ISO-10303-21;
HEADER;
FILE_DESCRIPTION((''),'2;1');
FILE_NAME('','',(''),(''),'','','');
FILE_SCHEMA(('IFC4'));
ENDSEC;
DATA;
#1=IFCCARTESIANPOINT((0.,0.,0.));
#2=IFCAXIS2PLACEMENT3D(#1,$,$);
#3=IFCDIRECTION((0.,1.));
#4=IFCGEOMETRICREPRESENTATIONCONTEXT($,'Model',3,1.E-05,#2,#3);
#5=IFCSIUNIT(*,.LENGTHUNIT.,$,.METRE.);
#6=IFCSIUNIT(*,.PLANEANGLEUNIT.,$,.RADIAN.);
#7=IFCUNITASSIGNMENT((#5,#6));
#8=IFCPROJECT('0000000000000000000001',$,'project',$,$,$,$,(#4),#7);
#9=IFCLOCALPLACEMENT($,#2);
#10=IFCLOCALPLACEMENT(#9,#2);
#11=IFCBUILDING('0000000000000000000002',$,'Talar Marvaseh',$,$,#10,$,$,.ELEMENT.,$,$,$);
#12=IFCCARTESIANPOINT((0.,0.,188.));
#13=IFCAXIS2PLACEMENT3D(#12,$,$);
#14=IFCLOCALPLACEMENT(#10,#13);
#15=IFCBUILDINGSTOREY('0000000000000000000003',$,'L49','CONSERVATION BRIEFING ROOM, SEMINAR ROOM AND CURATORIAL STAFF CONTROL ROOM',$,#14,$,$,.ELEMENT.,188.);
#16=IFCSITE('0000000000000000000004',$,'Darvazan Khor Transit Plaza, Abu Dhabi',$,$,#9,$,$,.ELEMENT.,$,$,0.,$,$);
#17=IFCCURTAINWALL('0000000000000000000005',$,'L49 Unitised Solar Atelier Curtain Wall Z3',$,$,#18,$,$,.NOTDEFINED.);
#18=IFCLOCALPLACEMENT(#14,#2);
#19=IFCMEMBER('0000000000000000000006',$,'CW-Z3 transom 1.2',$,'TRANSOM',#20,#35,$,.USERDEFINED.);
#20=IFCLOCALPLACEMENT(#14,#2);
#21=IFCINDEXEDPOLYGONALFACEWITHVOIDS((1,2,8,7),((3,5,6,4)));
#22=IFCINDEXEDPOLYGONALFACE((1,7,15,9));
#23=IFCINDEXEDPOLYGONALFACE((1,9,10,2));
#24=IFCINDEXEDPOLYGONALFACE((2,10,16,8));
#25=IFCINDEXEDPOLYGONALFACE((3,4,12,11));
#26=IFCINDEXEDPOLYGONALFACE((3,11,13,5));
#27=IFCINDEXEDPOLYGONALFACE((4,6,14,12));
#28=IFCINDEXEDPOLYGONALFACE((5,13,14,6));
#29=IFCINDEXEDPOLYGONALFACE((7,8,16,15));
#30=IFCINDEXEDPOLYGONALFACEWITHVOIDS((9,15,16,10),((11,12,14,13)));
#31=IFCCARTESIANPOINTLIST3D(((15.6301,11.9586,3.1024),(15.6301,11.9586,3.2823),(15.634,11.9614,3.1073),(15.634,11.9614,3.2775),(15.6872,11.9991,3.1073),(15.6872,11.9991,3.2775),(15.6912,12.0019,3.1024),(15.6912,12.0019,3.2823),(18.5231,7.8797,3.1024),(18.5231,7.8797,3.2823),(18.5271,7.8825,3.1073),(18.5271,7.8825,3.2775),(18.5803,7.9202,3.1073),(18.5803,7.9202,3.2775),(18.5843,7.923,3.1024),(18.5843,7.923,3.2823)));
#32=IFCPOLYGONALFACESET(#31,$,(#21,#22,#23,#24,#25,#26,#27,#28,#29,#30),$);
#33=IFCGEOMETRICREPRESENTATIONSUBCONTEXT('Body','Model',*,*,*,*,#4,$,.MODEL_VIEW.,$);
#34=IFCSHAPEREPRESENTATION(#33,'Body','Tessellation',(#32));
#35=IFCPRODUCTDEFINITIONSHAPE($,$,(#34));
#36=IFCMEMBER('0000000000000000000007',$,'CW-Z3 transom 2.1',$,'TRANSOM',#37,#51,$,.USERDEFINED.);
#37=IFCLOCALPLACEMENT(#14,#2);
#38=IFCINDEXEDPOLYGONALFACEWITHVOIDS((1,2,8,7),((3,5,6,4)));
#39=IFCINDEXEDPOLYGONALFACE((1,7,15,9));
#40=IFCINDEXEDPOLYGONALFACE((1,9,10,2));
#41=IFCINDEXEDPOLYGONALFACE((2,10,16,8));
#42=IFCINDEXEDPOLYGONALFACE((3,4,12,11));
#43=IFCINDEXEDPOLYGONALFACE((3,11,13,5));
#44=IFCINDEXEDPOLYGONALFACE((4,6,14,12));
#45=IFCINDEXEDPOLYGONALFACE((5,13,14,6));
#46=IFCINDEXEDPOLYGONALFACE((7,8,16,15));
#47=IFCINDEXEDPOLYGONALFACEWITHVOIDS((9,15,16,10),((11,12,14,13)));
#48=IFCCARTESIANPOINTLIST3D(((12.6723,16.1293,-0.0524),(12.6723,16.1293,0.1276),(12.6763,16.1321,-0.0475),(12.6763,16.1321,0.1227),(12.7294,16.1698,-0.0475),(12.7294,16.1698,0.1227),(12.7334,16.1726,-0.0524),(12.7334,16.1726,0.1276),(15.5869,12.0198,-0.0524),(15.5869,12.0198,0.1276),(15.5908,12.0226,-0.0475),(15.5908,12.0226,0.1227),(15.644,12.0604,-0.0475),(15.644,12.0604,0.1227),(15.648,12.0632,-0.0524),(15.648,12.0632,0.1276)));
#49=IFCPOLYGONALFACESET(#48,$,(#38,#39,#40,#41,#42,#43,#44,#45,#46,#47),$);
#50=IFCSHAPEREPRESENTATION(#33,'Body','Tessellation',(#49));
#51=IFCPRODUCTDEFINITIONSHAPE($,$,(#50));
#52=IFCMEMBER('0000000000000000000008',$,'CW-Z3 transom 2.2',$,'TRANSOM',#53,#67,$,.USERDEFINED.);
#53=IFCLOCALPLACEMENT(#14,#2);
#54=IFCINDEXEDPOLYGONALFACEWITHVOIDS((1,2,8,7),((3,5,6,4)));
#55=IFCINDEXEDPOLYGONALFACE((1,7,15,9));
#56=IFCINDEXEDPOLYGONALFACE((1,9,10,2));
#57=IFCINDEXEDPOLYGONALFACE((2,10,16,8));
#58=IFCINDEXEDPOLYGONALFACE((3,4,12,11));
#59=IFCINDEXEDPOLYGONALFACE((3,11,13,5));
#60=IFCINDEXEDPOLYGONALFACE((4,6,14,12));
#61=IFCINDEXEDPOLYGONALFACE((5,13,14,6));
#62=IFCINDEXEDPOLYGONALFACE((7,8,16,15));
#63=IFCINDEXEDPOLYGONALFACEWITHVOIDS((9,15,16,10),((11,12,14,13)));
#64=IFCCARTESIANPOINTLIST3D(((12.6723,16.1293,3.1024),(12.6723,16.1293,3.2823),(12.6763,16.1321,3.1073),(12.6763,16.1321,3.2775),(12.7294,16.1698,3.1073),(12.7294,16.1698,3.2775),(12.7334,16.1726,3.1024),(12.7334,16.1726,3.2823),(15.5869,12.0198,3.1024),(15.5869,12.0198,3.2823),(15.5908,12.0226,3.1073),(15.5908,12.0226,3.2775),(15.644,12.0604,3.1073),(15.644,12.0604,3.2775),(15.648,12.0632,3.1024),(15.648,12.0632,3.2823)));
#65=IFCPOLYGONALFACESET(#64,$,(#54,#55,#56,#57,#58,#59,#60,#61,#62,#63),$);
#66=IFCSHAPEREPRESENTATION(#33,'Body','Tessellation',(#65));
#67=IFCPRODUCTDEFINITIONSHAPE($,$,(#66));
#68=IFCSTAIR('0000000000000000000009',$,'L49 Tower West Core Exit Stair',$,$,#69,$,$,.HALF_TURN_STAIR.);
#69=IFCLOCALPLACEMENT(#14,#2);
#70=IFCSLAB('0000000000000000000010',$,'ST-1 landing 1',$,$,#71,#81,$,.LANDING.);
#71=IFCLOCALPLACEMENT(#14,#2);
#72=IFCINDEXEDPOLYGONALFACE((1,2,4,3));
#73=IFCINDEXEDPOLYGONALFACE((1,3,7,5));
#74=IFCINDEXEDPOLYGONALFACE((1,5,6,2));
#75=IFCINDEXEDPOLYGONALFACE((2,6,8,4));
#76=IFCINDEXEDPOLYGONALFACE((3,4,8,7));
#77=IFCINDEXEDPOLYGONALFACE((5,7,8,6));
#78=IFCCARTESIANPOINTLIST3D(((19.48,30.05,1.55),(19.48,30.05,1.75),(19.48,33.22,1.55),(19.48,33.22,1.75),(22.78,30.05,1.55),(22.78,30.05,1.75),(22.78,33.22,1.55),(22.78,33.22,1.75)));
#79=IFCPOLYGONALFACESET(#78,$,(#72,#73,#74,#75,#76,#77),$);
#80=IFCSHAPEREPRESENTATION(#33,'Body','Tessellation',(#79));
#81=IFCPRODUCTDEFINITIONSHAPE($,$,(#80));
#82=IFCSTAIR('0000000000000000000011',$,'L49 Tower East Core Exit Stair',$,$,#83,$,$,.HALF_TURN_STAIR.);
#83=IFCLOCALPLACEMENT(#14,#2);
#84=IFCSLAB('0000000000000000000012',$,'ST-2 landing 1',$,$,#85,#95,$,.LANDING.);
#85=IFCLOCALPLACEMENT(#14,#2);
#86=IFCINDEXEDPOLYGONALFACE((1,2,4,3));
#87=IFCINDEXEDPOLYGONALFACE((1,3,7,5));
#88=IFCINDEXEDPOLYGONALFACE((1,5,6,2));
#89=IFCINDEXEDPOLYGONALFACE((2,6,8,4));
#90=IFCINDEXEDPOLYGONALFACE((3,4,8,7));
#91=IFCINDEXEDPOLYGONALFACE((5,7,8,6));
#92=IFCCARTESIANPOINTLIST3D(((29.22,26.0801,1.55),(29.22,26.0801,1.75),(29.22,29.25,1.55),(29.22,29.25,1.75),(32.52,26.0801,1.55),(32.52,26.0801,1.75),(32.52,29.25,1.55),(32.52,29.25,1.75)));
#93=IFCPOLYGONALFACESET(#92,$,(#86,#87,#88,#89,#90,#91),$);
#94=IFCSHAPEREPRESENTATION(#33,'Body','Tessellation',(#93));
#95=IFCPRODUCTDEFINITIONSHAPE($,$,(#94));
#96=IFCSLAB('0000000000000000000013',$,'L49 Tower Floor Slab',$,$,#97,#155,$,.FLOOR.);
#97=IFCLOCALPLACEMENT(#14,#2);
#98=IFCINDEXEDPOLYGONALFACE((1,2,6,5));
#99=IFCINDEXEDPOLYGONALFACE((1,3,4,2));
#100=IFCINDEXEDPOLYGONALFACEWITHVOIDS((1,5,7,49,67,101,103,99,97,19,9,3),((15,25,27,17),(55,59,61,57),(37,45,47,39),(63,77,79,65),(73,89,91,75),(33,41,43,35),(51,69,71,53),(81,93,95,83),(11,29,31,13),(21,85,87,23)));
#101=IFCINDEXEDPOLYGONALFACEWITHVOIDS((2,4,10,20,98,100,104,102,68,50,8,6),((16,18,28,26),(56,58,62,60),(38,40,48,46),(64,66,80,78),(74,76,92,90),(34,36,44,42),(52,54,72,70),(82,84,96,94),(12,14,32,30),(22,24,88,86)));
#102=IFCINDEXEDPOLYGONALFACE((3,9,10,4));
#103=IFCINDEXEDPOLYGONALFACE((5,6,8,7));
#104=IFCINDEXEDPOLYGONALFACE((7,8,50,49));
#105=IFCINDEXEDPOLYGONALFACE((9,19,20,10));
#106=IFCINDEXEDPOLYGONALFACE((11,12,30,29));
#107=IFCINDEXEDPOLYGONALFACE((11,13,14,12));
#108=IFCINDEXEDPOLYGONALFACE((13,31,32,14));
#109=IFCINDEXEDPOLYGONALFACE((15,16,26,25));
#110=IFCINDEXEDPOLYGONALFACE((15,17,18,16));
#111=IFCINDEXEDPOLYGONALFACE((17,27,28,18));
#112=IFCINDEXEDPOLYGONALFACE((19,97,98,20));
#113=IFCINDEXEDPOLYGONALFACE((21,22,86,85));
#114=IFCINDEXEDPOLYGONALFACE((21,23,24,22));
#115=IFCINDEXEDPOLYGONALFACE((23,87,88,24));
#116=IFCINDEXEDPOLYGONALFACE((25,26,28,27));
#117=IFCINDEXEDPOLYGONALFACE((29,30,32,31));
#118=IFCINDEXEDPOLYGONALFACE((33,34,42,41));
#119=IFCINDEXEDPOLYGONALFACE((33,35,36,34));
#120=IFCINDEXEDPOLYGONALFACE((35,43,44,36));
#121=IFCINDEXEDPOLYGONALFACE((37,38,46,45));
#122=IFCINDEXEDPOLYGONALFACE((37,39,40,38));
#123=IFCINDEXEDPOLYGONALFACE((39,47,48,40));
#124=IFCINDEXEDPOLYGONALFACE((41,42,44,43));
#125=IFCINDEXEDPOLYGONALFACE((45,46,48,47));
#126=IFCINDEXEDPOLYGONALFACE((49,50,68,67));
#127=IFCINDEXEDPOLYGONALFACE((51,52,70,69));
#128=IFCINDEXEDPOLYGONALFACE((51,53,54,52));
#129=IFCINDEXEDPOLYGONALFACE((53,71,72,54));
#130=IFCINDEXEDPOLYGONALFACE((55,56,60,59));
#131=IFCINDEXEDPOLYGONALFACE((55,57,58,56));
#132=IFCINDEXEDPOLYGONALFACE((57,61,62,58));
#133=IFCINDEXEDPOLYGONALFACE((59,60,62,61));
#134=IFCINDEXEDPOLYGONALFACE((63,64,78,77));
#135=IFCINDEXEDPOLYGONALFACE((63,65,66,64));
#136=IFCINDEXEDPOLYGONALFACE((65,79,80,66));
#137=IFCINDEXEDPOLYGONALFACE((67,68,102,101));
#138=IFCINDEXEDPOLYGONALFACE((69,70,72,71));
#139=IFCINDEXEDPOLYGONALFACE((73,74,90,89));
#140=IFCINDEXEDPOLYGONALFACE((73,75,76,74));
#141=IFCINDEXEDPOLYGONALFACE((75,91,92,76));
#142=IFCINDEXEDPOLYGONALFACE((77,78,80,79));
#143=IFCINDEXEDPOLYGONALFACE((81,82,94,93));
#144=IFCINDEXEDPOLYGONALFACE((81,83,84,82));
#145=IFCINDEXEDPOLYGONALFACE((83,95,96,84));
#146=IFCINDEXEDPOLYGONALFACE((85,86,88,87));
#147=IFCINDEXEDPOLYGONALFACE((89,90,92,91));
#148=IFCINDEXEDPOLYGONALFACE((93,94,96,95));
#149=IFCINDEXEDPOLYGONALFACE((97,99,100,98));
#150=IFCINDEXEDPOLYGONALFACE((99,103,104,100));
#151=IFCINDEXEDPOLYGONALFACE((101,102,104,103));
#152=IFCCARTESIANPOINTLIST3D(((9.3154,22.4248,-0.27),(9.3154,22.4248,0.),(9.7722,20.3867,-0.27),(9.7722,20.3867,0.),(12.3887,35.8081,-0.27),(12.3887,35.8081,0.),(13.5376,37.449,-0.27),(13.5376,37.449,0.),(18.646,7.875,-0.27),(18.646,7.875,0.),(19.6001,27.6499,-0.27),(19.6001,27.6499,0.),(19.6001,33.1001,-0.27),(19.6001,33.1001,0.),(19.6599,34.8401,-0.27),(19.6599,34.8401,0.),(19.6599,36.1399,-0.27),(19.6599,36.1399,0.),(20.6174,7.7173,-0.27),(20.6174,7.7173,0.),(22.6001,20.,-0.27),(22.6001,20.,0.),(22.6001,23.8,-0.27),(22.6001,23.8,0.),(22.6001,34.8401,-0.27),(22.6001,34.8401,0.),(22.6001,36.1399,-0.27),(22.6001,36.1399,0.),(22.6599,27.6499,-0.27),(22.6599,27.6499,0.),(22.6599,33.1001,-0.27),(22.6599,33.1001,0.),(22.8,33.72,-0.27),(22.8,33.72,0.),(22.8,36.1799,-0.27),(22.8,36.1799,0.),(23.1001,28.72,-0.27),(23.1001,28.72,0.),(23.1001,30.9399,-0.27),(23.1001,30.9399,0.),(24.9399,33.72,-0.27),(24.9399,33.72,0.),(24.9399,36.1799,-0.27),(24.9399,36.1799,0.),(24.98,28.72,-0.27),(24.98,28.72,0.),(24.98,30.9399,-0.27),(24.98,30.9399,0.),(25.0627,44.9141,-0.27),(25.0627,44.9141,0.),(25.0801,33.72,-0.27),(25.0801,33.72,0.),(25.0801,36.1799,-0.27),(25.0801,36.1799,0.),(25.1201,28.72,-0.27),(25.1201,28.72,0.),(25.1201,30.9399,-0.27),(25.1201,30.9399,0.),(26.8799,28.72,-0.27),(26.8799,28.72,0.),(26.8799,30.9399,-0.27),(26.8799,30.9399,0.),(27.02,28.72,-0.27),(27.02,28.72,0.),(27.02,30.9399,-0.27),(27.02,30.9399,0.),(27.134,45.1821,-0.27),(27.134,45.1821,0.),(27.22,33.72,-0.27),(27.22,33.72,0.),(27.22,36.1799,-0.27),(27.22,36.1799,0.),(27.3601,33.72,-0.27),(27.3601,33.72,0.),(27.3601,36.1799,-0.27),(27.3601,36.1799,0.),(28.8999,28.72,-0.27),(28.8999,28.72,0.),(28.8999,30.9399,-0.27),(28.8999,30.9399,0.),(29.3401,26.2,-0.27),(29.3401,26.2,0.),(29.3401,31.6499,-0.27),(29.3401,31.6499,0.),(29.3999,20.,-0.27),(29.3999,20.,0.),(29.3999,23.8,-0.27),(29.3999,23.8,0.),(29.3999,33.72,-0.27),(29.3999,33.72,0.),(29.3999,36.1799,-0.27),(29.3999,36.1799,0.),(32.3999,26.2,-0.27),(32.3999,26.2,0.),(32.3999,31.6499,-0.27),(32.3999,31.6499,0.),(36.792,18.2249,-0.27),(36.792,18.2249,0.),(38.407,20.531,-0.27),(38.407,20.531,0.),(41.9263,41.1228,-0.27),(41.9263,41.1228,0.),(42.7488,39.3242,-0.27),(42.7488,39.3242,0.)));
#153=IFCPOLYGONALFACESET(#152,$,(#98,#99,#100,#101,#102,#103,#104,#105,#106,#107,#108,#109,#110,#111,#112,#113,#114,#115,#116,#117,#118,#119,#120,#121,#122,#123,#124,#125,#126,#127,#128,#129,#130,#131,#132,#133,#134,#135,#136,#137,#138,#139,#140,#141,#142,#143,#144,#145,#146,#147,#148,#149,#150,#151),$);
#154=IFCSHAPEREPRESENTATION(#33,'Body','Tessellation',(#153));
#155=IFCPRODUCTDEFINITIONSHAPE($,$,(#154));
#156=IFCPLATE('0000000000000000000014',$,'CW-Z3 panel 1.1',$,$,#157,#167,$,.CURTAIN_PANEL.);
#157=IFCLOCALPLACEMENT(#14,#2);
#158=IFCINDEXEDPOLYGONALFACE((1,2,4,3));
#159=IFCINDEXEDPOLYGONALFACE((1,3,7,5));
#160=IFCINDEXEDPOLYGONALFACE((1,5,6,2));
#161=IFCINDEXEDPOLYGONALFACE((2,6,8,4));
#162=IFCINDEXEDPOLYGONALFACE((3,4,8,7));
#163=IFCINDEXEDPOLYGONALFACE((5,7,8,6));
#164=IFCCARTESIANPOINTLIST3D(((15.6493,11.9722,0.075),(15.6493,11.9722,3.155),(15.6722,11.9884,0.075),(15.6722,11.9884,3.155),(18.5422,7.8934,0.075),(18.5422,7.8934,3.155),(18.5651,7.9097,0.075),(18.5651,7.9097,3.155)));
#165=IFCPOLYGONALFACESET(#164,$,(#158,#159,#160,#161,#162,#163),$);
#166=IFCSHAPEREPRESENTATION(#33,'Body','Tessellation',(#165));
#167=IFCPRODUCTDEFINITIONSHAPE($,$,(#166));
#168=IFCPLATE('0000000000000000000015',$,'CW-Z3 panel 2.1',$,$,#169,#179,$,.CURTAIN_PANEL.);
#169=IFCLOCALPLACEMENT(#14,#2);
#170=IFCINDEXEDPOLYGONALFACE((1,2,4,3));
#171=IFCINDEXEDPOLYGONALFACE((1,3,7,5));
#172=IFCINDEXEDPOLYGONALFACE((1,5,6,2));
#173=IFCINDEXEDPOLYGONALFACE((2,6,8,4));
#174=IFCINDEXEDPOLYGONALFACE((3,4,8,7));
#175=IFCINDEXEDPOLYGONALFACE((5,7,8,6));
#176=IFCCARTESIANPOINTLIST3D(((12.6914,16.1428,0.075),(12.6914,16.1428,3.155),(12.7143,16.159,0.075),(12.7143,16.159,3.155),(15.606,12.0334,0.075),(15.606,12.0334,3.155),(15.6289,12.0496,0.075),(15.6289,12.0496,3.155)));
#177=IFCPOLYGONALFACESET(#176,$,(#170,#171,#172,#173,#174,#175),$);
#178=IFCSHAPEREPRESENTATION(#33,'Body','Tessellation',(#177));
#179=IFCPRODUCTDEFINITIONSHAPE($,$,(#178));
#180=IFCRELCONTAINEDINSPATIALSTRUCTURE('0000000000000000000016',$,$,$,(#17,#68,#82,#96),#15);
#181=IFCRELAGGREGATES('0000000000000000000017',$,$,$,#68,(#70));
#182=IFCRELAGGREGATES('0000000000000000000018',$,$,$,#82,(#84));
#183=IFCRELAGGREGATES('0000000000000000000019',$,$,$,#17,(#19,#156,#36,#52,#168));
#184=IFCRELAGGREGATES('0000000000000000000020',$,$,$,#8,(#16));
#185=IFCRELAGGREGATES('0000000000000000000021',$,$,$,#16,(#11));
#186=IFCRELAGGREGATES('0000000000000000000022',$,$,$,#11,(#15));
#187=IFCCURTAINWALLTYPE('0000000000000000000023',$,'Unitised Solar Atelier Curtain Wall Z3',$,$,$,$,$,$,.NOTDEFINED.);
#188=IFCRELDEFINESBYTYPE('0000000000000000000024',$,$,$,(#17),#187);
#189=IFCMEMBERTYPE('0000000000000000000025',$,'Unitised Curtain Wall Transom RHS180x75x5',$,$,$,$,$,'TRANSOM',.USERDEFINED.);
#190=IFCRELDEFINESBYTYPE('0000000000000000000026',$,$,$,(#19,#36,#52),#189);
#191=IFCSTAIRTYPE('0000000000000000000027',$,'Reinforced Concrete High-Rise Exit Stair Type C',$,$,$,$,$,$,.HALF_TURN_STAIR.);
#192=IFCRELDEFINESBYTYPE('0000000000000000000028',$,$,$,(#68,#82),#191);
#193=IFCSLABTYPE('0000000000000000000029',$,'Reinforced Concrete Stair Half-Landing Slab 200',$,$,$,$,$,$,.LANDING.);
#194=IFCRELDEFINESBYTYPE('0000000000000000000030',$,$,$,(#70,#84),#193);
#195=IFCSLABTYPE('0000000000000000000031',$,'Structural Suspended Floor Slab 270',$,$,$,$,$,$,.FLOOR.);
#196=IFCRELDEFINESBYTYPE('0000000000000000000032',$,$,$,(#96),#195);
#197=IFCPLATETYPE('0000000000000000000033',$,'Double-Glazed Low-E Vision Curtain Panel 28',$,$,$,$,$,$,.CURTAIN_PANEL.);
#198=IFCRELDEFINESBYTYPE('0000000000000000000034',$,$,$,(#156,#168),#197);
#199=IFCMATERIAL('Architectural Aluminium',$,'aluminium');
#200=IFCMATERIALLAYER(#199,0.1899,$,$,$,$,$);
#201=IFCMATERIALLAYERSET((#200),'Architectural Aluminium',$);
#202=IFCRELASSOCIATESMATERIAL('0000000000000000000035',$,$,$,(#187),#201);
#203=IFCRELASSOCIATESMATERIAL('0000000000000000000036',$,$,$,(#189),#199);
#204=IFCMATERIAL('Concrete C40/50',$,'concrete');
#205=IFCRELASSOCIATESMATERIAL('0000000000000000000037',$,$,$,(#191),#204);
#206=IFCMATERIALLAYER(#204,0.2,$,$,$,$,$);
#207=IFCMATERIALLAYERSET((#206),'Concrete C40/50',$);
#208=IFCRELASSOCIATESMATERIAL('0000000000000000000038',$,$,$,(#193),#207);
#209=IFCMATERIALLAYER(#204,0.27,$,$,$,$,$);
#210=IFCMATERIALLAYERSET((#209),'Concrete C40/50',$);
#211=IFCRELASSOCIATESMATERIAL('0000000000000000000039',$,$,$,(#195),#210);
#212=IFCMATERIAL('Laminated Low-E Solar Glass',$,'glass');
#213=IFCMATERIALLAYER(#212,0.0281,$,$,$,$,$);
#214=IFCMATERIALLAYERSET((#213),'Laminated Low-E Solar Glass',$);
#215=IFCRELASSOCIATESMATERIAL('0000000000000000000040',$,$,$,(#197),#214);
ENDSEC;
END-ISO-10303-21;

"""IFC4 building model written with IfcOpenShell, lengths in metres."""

from ifc_helpers import new_model, si_unit, direction, frame, origin, origin_2d, place, context, subcontext, project, spatial, polyline, rectangle, hollow_rectangle, outline, extrude, source, transform, mapped, material, layer, layer_set, material_profile, profile_set, type_object, type_shapes, element, aggregate, save


model = new_model("IFC4")

# Units and contexts
model_context = context("Model", 3, precision=1e-05, world=origin(), true_north=direction((0.0, 1.0)))
body_context = subcontext(model_context, "Body", "Model", "MODEL_VIEW")
ifc_project = project(units=[si_unit("LENGTHUNIT", "METRE"), si_unit("PLANEANGLEUNIT", "RADIAN")], contexts=[model_context])

# Site, building, storey
site_placement = place(None, origin())
site = spatial("IfcSite", under=ifc_project, at=site_placement, Name="Darvazan Khor Transit Plaza, Abu Dhabi", CompositionType="ELEMENT", RefElevation=0.0)
building_placement = place(site_placement, origin())
building = spatial("IfcBuilding", under=site, at=building_placement, Name="Talar Marvaseh", CompositionType="ELEMENT")
storey_placement = place(building_placement, frame((0.0, 0.0, 188.0)))
storey = spatial("IfcBuildingStorey", under=building, at=storey_placement, Name="L49", Description="CONSERVATION BRIEFING ROOM, SEMINAR ROOM AND CURATORIAL STAFF CONTROL ROOM", CompositionType="ELEMENT", Elevation=188.0)

# Curtain wall
ifc_material_1 = material(Name="Architectural Aluminium", Category="aluminium")
ifc_layer_1 = layer(ifc_material_1, 0.1899)
ifc_layer_set_1 = layer_set([ifc_layer_1], Name="Architectural Aluminium")
curtain_wall_type = type_object("IfcCurtainWallType", Name="Unitised Solar Atelier Curtain Wall Z3", PredefinedType="NOTDEFINED", material=ifc_layer_set_1)
curtain_wall_1_placement = place(storey_placement, origin())
curtain_wall_1 = element("IfcCurtainWall", 1, at=curtain_wall_1_placement, inside=storey, type_object=curtain_wall_type, Name="L49 Unitised Solar Atelier Curtain Wall Z3", PredefinedType="NOTDEFINED")

# Members
ifc_material_profile_1 = material_profile(ifc_material_1, hollow_rectangle(XDim=0.075, YDim=0.1799, WallThickness=0.0049, at=origin_2d()), Name="RHS180x75x5")
ifc_profile_set_1 = profile_set([ifc_material_profile_1], Name="Architectural Aluminium")
member_type_1 = type_object("IfcMemberType", Name="Unitised Curtain Wall Transom RHS180x75x5", ElementType="TRANSOM", PredefinedType="USERDEFINED", material=ifc_profile_set_1)
shared_shape_1 = source(origin(), body_context, "Body", "SweptSolid", [
    extrude(hollow_rectangle(XDim=0.075, YDim=0.1799, WallThickness=0.0049, at=origin_2d()), origin(), (0.0, 0.0, 1.0), 5.0007),
])
member_1_placement = place(storey_placement, frame((18.5537, 7.9014, 3.1924), z_axis=(-0.578533, 0.815659, 0.0), x_axis=(-0.815659, -0.578533, 0.0)))
member_1 = element("IfcMember", 2, at=member_1_placement, type_object=member_type_1, Name="CW-Z3 transom 1.2", ObjectType="TRANSOM", PredefinedType="USERDEFINED", context=body_context, shape_type="MappedRepresentation", body=[
    mapped(shared_shape_1, transform((0.0, 0.0, 0.0), x_axis=(1.0, 0.0, 0.0), y_axis=(0.0, 1.0, 0.0), z_axis=(0.0, 0.0, 1.0), scale=1.0)),
])
shared_shape_2 = source(origin(), body_context, "Body", "SweptSolid", [
    extrude(hollow_rectangle(XDim=0.075, YDim=0.1799, WallThickness=0.0049, at=origin_2d()), origin(), (0.0, 0.0, 1.0), 5.0381),
])
type_shapes(member_type_1, [shared_shape_1, shared_shape_2])
member_2_placement = place(storey_placement, frame((15.6174, 12.0415, 0.0376), z_axis=(-0.578512, 0.815674, 0.0), x_axis=(-0.815674, -0.578512, 0.0)))
member_2 = element("IfcMember", 3, at=member_2_placement, type_object=member_type_1, Name="CW-Z3 transom 2.1", ObjectType="TRANSOM", PredefinedType="USERDEFINED", context=body_context, shape_type="MappedRepresentation", body=[
    mapped(shared_shape_2, transform((0.0, 0.0, 0.0), x_axis=(1.0, 0.0, 0.0), y_axis=(0.0, 1.0, 0.0), z_axis=(0.0, 0.0, 1.0), scale=1.0)),
])
member_3_placement = place(storey_placement, frame((15.6174, 12.0415, 3.1924), z_axis=(-0.578512, 0.815674, 0.0), x_axis=(-0.815674, -0.578512, 0.0)))
member_3 = element("IfcMember", 4, at=member_3_placement, type_object=member_type_1, Name="CW-Z3 transom 2.2", ObjectType="TRANSOM", PredefinedType="USERDEFINED", context=body_context, shape_type="MappedRepresentation", body=[
    mapped(shared_shape_2, transform((0.0, 0.0, 0.0), x_axis=(1.0, 0.0, 0.0), y_axis=(0.0, 1.0, 0.0), z_axis=(0.0, 0.0, 1.0), scale=1.0)),
])

# Stairs, slabs
ifc_material_2 = material(Name="Concrete C40/50", Category="concrete")
stair_type = type_object("IfcStairType", Name="Reinforced Concrete High-Rise Exit Stair Type C", PredefinedType="HALF_TURN_STAIR", material=ifc_material_2)
stair_1_placement = place(storey_placement, origin())
stair_1 = element("IfcStair", 5, at=stair_1_placement, inside=storey, type_object=stair_type, Name="L49 Tower West Core Exit Stair", PredefinedType="HALF_TURN_STAIR")
ifc_layer_2 = layer(ifc_material_2, 0.2)
ifc_layer_set_2 = layer_set([ifc_layer_2], Name="Concrete C40/50")
slab_type_1 = type_object("IfcSlabType", Name="Reinforced Concrete Stair Half-Landing Slab 200", PredefinedType="LANDING", material=ifc_layer_set_2)
slab_1_placement = place(storey_placement, frame((0.0, 0.0, 1.55)))
slab_1 = element("IfcSlab", 6, at=slab_1_placement, type_object=slab_type_1, Name="ST-1 landing 1", PredefinedType="LANDING", context=body_context, shape_type="SweptSolid", body=[
    extrude(outline(polyline([(22.78, 30.05), (22.78, 33.22), (19.48, 33.22), (19.48, 30.05), (22.78, 30.05)])), origin(), (0.0, 0.0, 1.0), 0.2),
])
aggregate(stair_1, [slab_1])
stair_2_placement = place(storey_placement, origin())
stair_2 = element("IfcStair", 7, at=stair_2_placement, inside=storey, type_object=stair_type, Name="L49 Tower East Core Exit Stair", PredefinedType="HALF_TURN_STAIR")
slab_2_placement = place(storey_placement, frame((0.0, 0.0, 1.55)))
slab_2 = element("IfcSlab", 8, at=slab_2_placement, type_object=slab_type_1, Name="ST-2 landing 1", PredefinedType="LANDING", context=body_context, shape_type="SweptSolid", body=[
    extrude(outline(polyline([(29.22, 29.25), (29.22, 26.0801), (32.52, 26.0801), (32.52, 29.25), (29.22, 29.25)])), origin(), (0.0, 0.0, 1.0), 0.2),
])
aggregate(stair_2, [slab_2])

# Slab
ifc_layer_3 = layer(ifc_material_2, 0.27)
ifc_layer_set_3 = layer_set([ifc_layer_3], Name="Concrete C40/50")
slab_type_2 = type_object("IfcSlabType", Name="Structural Suspended Floor Slab 270", PredefinedType="FLOOR", material=ifc_layer_set_3)
slab_3_placement = place(storey_placement, frame((0.0, 0.0, -0.27)))
element("IfcSlab", 9, at=slab_3_placement, inside=storey, type_object=slab_type_2, Name="L49 Tower Floor Slab", PredefinedType="FLOOR", context=body_context, shape_type="SweptSolid", body=[
    extrude(outline(polyline([(20.6174, 7.7173), (18.646, 7.875), (9.7722, 20.3867), (9.3154, 22.4248), (12.3887, 35.8081), (13.5376, 37.449), (25.0627, 44.9141), (27.134, 45.1821), (41.9263, 41.1228), (42.7488, 39.3242), (38.407, 20.531), (36.792, 18.2249), (20.6174, 7.7173)]), holes=[polyline([(22.6599, 27.6499), (22.6599, 33.1001), (19.6001, 33.1001), (19.6001, 27.6499), (22.6599, 27.6499)]), polyline([(29.3401, 31.6499), (29.3401, 26.2), (32.3999, 26.2), (32.3999, 31.6499), (29.3401, 31.6499)]), polyline([(22.8, 33.72), (24.9399, 33.72), (24.9399, 36.1799), (22.8, 36.1799), (22.8, 33.72)]), polyline([(25.0801, 33.72), (27.22, 33.72), (27.22, 36.1799), (25.0801, 36.1799), (25.0801, 33.72)]), polyline([(27.3601, 33.72), (29.3999, 33.72), (29.3999, 36.1799), (27.3601, 36.1799), (27.3601, 33.72)]), polyline([(23.1001, 28.72), (24.98, 28.72), (24.98, 30.9399), (23.1001, 30.9399), (23.1001, 28.72)]), polyline([(25.1201, 28.72), (26.8799, 28.72), (26.8799, 30.9399), (25.1201, 30.9399), (25.1201, 28.72)]), polyline([(27.02, 28.72), (28.8999, 28.72), (28.8999, 30.9399), (27.02, 30.9399), (27.02, 28.72)]), polyline([(19.6599, 34.8401), (22.6001, 34.8401), (22.6001, 36.1399), (19.6599, 36.1399), (19.6599, 34.8401)]), polyline([(22.6001, 20.0), (29.3999, 20.0), (29.3999, 23.8), (22.6001, 23.8), (22.6001, 20.0)])]), origin(), (0.0, 0.0, 1.0), 0.27),
])

# Plates
ifc_material_3 = material(Name="Laminated Low-E Solar Glass", Category="glass")
ifc_layer_4 = layer(ifc_material_3, 0.0281)
ifc_layer_set_4 = layer_set([ifc_layer_4], Name="Laminated Low-E Solar Glass")
plate_type = type_object("IfcPlateType", Name="Double-Glazed Low-E Vision Curtain Panel 28", PredefinedType="CURTAIN_PANEL", material=ifc_layer_set_4)
shared_shape_3 = source(origin(), body_context, "Body", "SweptSolid", [
    extrude(rectangle(XDim=5.0005, YDim=0.0281, at=origin_2d()), origin(), (0.0, 0.0, 1.0), 3.0801),
])
plate_1_placement = place(storey_placement, frame((17.1072, 9.9409, 0.075), z_axis=(0.0, 0.0, 1.0), x_axis=(-0.578513, 0.815673, 0.0)))
plate_1 = element("IfcPlate", 10, at=plate_1_placement, type_object=plate_type, Name="CW-Z3 panel 1.1", PredefinedType="CURTAIN_PANEL", context=body_context, shape_type="MappedRepresentation", body=[
    mapped(shared_shape_3, transform((0.0, 0.0, 0.0), x_axis=(1.0, 0.0, 0.0), y_axis=(0.0, 1.0, 0.0), z_axis=(0.0, 0.0, 1.0), scale=1.0)),
])
shared_shape_4 = source(origin(), body_context, "Body", "SweptSolid", [
    extrude(rectangle(XDim=5.0381, YDim=0.0281, at=origin_2d()), origin(), (0.0, 0.0, 1.0), 3.0801),
])
type_shapes(plate_type, [shared_shape_3, shared_shape_4])
plate_2_placement = place(storey_placement, frame((14.1602, 14.0962, 0.075), z_axis=(0.0, 0.0, 1.0), x_axis=(-0.578513, 0.815673, 0.0)))
plate_2 = element("IfcPlate", 11, at=plate_2_placement, type_object=plate_type, Name="CW-Z3 panel 2.1", PredefinedType="CURTAIN_PANEL", context=body_context, shape_type="MappedRepresentation", body=[
    mapped(shared_shape_4, transform((0.0, 0.0, 0.0), x_axis=(1.0, 0.0, 0.0), y_axis=(0.0, 1.0, 0.0), z_axis=(0.0, 0.0, 1.0), scale=1.0)),
])
aggregate(curtain_wall_1, [member_1, plate_1, member_2, member_3, plate_2])

save(model, "model.ifc")
